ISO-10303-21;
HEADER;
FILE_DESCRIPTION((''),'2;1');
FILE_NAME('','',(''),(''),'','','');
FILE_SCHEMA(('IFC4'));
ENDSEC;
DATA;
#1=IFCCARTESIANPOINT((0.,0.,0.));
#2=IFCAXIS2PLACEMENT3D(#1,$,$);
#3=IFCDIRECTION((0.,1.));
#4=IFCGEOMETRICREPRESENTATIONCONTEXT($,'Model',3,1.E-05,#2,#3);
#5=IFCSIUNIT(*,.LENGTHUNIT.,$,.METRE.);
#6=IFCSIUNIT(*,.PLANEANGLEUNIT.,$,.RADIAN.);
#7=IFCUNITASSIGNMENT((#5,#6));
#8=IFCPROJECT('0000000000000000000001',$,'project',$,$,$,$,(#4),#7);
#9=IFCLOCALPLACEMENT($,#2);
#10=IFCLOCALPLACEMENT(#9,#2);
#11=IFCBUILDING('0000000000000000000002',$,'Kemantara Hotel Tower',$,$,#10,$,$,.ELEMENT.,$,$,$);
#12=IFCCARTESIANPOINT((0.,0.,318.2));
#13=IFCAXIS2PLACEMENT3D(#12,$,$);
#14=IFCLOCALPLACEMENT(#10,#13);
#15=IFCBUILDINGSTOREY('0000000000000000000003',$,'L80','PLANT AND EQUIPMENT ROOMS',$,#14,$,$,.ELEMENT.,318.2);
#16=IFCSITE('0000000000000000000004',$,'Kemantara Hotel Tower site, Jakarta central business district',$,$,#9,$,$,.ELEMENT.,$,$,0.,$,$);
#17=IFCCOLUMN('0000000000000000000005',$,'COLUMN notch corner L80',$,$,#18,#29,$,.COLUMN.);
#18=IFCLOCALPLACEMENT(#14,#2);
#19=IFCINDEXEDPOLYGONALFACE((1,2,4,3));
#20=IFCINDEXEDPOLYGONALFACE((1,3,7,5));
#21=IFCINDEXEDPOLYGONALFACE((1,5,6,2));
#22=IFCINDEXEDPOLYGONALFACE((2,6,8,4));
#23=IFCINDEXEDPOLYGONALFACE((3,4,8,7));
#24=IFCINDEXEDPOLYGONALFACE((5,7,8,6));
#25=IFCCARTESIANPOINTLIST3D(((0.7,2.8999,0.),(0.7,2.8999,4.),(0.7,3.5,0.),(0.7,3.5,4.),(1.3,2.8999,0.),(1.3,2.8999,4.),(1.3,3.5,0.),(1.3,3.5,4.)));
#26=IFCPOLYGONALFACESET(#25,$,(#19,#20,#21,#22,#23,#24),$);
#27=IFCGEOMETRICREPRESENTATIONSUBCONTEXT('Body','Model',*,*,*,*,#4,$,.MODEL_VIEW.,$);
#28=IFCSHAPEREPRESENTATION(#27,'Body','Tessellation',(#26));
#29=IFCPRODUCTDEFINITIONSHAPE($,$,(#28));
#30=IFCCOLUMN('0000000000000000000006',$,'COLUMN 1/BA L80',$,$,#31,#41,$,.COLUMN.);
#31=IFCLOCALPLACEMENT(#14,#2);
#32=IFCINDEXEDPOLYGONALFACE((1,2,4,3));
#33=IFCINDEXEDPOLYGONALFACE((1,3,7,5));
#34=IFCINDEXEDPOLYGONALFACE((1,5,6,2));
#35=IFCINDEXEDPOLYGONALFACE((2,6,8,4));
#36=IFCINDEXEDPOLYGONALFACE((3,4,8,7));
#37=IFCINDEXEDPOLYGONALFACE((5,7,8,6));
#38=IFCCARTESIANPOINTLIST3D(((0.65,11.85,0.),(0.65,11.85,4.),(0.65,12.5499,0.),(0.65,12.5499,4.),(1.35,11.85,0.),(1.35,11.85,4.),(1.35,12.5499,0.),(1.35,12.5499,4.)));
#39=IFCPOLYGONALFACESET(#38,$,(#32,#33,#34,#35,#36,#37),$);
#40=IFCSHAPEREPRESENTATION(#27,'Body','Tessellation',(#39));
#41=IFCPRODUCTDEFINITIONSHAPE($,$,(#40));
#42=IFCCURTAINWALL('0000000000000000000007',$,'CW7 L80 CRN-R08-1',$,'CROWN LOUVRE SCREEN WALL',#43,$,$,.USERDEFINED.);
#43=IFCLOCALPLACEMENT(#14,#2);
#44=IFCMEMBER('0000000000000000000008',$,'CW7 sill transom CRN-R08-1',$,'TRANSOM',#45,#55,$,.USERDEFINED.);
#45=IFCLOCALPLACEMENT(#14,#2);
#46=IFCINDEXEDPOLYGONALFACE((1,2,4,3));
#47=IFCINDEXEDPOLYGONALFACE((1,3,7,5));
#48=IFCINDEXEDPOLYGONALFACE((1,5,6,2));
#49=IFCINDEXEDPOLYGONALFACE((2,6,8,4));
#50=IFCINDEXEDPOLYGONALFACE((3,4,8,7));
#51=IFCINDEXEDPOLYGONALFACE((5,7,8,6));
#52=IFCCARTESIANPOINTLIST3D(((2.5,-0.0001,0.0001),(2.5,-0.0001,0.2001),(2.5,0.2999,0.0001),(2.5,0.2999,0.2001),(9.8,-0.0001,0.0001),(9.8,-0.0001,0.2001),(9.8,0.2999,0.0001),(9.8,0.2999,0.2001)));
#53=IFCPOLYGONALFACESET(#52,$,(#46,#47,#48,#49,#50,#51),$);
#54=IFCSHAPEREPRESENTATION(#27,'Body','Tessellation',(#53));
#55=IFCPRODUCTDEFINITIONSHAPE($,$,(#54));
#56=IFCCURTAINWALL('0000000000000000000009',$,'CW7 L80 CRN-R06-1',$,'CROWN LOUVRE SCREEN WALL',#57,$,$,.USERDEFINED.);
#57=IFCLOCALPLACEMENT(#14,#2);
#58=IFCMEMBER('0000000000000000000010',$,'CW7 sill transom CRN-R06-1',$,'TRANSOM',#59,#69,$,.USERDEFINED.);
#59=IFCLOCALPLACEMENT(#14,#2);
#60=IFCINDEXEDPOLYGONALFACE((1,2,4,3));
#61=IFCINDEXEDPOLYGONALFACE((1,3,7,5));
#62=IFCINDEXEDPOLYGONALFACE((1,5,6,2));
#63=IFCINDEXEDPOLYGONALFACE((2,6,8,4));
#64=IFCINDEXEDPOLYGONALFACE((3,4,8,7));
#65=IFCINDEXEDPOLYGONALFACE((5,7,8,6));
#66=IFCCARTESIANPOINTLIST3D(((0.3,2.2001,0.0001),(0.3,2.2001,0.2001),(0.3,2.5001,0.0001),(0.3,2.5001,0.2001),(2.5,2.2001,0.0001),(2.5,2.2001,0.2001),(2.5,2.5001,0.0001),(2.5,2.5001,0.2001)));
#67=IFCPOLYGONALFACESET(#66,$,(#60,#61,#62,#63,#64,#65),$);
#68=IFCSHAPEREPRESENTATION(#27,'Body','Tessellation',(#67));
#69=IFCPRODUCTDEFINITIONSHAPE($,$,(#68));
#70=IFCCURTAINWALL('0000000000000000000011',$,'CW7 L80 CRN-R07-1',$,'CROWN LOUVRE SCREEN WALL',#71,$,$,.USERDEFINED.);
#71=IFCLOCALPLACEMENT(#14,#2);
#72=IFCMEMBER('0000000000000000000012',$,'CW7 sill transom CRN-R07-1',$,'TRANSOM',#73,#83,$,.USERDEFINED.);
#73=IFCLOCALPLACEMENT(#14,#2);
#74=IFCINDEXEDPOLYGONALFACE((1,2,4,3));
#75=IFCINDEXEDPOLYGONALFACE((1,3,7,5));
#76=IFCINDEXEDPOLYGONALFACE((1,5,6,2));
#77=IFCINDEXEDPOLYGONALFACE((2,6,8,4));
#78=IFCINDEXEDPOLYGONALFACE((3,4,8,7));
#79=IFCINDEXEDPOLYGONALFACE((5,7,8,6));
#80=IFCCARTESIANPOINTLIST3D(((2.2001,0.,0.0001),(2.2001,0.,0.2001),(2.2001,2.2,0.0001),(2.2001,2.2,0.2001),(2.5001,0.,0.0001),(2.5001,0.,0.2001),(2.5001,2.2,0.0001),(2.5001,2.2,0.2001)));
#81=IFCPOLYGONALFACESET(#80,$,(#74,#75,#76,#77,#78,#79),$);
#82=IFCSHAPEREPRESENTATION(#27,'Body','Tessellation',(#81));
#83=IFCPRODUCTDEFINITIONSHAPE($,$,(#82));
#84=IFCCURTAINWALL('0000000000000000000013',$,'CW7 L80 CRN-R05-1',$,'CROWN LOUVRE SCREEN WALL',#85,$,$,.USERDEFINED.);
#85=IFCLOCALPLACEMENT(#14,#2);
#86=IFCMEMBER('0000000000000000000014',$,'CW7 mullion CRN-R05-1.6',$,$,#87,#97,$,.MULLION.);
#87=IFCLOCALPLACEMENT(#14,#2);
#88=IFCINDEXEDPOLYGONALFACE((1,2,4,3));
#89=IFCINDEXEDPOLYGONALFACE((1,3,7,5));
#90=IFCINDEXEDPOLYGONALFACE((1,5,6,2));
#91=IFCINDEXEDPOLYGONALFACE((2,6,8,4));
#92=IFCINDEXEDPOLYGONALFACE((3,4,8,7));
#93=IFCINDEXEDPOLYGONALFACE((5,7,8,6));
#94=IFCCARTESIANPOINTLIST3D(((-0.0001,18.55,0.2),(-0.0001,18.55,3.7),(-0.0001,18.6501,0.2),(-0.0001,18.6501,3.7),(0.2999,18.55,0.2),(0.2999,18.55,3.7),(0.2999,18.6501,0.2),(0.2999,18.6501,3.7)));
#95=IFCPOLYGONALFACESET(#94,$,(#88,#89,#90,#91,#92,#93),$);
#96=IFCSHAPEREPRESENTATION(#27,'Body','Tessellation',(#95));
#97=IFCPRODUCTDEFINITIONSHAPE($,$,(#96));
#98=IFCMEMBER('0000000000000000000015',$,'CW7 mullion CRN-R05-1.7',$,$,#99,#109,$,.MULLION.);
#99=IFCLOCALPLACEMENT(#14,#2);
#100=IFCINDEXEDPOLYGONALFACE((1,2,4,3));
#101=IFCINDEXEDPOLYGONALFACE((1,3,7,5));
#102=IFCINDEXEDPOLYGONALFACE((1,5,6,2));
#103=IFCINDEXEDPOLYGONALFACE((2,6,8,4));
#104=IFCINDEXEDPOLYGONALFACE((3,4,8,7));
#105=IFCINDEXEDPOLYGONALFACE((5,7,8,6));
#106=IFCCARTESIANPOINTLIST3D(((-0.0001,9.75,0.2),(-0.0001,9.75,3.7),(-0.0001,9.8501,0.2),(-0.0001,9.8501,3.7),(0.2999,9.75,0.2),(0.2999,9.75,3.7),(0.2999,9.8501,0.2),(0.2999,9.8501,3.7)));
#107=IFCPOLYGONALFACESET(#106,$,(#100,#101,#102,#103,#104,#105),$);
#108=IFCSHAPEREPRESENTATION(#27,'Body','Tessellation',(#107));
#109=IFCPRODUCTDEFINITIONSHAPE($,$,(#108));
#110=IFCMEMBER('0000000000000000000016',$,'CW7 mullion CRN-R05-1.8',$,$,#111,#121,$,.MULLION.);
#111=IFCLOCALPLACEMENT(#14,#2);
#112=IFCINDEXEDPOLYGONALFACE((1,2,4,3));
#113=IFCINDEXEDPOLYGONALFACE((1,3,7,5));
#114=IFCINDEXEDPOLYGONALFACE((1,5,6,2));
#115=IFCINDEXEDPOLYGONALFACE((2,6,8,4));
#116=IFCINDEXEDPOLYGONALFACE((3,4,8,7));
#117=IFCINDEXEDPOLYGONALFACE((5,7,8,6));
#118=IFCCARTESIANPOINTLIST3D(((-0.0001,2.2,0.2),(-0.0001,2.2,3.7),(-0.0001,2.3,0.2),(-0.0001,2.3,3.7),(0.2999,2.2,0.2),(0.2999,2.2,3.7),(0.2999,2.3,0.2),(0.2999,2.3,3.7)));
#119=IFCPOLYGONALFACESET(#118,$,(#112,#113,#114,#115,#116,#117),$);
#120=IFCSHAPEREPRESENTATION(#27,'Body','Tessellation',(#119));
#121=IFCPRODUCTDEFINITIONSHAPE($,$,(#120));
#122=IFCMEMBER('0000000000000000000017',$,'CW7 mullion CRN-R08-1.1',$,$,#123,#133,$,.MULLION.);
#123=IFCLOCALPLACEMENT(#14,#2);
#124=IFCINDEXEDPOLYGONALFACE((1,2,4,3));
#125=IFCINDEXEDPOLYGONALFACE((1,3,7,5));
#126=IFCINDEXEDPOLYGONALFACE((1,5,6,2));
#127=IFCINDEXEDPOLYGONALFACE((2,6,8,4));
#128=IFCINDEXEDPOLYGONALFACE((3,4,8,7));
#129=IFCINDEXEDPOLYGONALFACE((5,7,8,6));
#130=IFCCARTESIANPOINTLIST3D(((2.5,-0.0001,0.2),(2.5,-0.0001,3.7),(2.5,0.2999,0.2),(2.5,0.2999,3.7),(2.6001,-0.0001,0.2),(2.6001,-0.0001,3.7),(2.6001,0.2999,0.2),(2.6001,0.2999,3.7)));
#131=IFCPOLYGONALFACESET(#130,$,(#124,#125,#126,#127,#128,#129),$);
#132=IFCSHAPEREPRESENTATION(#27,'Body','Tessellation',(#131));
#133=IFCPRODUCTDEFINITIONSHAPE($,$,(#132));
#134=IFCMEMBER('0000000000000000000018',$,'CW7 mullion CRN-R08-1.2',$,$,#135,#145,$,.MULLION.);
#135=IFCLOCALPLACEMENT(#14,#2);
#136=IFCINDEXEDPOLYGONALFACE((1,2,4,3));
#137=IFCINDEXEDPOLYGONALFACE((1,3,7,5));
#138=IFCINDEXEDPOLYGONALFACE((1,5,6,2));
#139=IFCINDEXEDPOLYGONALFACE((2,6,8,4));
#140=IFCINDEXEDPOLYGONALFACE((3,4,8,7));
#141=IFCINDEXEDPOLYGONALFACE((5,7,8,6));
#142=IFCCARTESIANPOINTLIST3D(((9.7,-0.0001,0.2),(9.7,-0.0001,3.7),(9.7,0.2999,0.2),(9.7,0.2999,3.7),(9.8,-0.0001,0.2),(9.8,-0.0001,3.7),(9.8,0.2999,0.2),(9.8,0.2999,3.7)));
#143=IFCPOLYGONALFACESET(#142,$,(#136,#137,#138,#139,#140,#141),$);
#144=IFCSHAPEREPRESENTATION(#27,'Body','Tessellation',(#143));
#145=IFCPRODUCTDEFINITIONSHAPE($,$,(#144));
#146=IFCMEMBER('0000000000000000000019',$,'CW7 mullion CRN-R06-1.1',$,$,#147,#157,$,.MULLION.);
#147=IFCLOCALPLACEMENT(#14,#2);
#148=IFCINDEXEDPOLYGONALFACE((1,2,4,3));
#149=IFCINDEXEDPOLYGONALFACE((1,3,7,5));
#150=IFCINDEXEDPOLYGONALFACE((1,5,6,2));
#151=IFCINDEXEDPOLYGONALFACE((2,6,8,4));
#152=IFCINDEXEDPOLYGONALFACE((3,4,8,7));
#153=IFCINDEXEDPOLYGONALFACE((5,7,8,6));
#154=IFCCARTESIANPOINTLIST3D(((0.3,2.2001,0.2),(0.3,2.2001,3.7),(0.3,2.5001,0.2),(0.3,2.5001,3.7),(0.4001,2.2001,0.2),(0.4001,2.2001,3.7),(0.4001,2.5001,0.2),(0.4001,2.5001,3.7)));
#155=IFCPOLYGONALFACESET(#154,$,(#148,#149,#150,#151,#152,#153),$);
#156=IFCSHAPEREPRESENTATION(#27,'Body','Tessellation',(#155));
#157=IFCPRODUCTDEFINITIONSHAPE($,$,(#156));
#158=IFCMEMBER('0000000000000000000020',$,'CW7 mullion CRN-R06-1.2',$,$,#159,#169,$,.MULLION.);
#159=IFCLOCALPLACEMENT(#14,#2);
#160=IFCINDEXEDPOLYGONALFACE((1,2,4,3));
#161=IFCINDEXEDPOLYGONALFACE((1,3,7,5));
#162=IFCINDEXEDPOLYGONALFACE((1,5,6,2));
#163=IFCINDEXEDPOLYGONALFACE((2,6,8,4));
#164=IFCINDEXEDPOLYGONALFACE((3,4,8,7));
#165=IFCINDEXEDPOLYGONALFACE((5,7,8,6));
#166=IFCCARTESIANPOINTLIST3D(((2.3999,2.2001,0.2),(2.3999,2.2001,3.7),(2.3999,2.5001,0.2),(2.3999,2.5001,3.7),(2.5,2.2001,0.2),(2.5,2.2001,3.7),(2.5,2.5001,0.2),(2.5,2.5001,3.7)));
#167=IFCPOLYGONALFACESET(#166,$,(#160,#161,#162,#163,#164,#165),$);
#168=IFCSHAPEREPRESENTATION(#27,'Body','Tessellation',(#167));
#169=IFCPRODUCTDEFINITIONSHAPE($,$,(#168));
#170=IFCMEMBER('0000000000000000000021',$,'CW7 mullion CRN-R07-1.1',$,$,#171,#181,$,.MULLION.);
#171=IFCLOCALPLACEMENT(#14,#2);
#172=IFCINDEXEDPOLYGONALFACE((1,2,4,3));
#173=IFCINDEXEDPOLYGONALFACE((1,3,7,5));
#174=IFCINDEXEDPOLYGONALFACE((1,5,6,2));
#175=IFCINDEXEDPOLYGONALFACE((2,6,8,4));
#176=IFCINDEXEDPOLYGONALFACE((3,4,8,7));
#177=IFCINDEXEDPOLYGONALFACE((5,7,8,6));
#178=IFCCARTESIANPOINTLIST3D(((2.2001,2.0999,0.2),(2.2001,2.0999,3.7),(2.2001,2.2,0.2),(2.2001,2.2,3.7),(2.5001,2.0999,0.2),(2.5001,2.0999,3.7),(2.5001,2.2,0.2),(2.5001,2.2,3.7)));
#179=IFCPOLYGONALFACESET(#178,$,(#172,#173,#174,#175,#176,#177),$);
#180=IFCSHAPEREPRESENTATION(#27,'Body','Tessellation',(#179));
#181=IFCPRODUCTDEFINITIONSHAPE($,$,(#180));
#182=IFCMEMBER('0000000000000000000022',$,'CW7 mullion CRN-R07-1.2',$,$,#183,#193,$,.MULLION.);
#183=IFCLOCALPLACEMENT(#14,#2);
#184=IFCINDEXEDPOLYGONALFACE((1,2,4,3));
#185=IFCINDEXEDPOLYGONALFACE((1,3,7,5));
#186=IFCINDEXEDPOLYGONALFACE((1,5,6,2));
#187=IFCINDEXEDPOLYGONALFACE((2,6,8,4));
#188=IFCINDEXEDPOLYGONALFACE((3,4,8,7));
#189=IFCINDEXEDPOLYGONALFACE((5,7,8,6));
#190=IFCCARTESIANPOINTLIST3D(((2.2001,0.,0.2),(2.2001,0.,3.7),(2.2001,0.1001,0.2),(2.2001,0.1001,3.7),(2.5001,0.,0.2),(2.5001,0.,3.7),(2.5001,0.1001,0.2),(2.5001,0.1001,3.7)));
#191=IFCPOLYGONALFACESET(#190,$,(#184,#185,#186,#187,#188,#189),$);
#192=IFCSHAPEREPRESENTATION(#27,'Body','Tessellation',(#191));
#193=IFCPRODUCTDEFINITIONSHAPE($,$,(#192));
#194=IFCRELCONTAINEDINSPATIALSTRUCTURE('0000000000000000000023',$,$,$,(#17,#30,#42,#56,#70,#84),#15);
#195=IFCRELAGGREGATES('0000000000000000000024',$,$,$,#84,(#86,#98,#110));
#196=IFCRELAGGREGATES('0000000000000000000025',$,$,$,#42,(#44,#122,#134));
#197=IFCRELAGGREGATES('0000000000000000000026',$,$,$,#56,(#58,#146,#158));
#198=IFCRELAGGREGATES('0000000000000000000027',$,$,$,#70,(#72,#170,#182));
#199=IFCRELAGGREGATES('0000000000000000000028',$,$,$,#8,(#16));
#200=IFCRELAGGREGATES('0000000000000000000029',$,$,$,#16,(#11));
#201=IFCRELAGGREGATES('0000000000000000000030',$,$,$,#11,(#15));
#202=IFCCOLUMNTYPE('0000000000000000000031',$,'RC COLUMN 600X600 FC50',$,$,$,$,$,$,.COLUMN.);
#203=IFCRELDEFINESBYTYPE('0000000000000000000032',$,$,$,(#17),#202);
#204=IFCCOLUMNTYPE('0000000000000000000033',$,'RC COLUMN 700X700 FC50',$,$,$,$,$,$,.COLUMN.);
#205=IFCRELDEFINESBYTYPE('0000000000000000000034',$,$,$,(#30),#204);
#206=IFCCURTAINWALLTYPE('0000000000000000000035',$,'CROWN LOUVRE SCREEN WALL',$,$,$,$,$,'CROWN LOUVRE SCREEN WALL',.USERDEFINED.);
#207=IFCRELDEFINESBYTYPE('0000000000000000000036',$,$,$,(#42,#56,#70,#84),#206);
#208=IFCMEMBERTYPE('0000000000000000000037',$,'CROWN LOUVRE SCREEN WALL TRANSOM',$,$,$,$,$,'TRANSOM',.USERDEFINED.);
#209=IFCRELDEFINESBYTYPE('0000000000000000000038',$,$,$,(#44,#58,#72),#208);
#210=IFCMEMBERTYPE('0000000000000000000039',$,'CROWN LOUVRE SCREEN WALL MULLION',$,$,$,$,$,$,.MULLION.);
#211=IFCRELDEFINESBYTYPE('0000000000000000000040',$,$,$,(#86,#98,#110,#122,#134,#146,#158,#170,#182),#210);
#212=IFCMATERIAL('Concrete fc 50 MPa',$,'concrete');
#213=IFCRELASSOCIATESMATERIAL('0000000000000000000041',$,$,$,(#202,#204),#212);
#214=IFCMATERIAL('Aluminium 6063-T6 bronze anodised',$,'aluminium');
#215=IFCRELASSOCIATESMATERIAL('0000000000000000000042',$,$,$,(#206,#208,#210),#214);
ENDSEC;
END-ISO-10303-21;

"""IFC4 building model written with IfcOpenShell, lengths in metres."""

from ifc_helpers import new_model, si_unit, direction, frame, origin, origin_2d, place, context, subcontext, project, spatial, rectangle, extrude, source, transform, mapped, material, material_profile, profile_set, type_object, element, aggregate, save


model = new_model("IFC4")

# Units and contexts
model_context = context("Model", 3, precision=1e-05, world=origin(), true_north=direction((0.0, 1.0)))
body_context = subcontext(model_context, "Body", "Model", "MODEL_VIEW")
ifc_project = project(units=[si_unit("LENGTHUNIT", "METRE"), si_unit("PLANEANGLEUNIT", "RADIAN")], contexts=[model_context])

# Site, building, storey
site_placement = place(None, origin())
site = spatial("IfcSite", under=ifc_project, at=site_placement, Name="Kemantara Hotel Tower site, Jakarta central business district", CompositionType="ELEMENT", RefElevation=0.0)
building_placement = place(site_placement, origin())
building = spatial("IfcBuilding", under=site, at=building_placement, Name="Kemantara Hotel Tower", CompositionType="ELEMENT")
storey_placement = place(building_placement, frame((0.0, 0.0, 318.2)))
storey = spatial("IfcBuildingStorey", under=building, at=storey_placement, Name="L80", Description="PLANT AND EQUIPMENT ROOMS", CompositionType="ELEMENT", Elevation=318.2)

# Columns
ifc_material_1 = material(Name="Concrete fc 50 MPa", Category="concrete")
ifc_material_profile_1 = material_profile(ifc_material_1, rectangle(XDim=0.6001, YDim=0.6001, at=origin_2d()), Name="RC 600X600")
ifc_profile_set_1 = profile_set([ifc_material_profile_1], Name="Concrete fc 50 MPa")
column_type_1 = type_object("IfcColumnType", Name="RC COLUMN 600X600 FC50", PredefinedType="COLUMN", material=ifc_profile_set_1)
column_1_placement = place(storey_placement, frame((1.0, 3.2, 0.0), z_axis=(0.0, 0.0, 1.0), x_axis=(1.0, 0.0, 0.0)))
element("IfcColumn", 1, at=column_1_placement, inside=storey, type_object=column_type_1, Name="COLUMN notch corner L80", PredefinedType="COLUMN", context=body_context, shape_type="SweptSolid", body=[
    extrude(rectangle(XDim=0.6001, YDim=0.6001, at=origin_2d()), origin(), (0.0, 0.0, 1.0), 4.0),
])
ifc_material_profile_2 = material_profile(ifc_material_1, rectangle(XDim=0.7, YDim=0.7, at=origin_2d()), Name="RC 700X700")
ifc_profile_set_2 = profile_set([ifc_material_profile_2], Name="Concrete fc 50 MPa")
column_type_2 = type_object("IfcColumnType", Name="RC COLUMN 700X700 FC50", PredefinedType="COLUMN", material=ifc_profile_set_2)
column_2_placement = place(storey_placement, frame((1.0, 12.2, 0.0), z_axis=(0.0, 0.0, 1.0), x_axis=(1.0, 0.0, 0.0)))
element("IfcColumn", 2, at=column_2_placement, inside=storey, type_object=column_type_2, Name="COLUMN 1/BA L80", PredefinedType="COLUMN", context=body_context, shape_type="SweptSolid", body=[
    extrude(rectangle(XDim=0.7, YDim=0.7, at=origin_2d()), origin(), (0.0, 0.0, 1.0), 4.0),
])

# Curtain walls, members
ifc_material_2 = material(Name="Aluminium 6063-T6 bronze anodised", Category="aluminium")
curtain_wall_type = type_object("IfcCurtainWallType", Name="CROWN LOUVRE SCREEN WALL", ElementType="CROWN LOUVRE SCREEN WALL", PredefinedType="USERDEFINED", material=ifc_material_2)
curtain_wall_1_placement = place(storey_placement, origin())
curtain_wall_1 = element("IfcCurtainWall", 3, at=curtain_wall_1_placement, inside=storey, type_object=curtain_wall_type, Name="CW7 L80 CRN-R08-1", ObjectType="CROWN LOUVRE SCREEN WALL", PredefinedType="USERDEFINED")
ifc_material_profile_3 = material_profile(ifc_material_2, rectangle(XDim=0.3, YDim=0.2, at=origin_2d()), Name="CROWN LOUVRE SCREEN WALL TRANSOM")
ifc_profile_set_3 = profile_set([ifc_material_profile_3], Name="Aluminium 6063-T6 bronze anodised")
member_type_1 = type_object("IfcMemberType", Name="CROWN LOUVRE SCREEN WALL TRANSOM", ElementType="TRANSOM", PredefinedType="USERDEFINED", material=ifc_profile_set_3)
member_1_placement = place(storey_placement, frame((2.5, 0.1499, 0.1001), z_axis=(1.0, 0.0, 0.0), x_axis=(0.0, 1.0, 0.0)))
member_1 = element("IfcMember", 4, at=member_1_placement, type_object=member_type_1, Name="CW7 sill transom CRN-R08-1", ObjectType="TRANSOM", PredefinedType="USERDEFINED", context=body_context, shape_type="SweptSolid", body=[
    extrude(rectangle(XDim=0.3, YDim=0.2, at=origin_2d()), origin(), (0.0, 0.0, 1.0), 7.3),
])
curtain_wall_2_placement = place(storey_placement, origin())
curtain_wall_2 = element("IfcCurtainWall", 5, at=curtain_wall_2_placement, inside=storey, type_object=curtain_wall_type, Name="CW7 L80 CRN-R06-1", ObjectType="CROWN LOUVRE SCREEN WALL", PredefinedType="USERDEFINED")
member_2_placement = place(storey_placement, frame((0.3, 2.3501, 0.1001), z_axis=(1.0, 0.0, 0.0), x_axis=(0.0, 1.0, 0.0)))
member_2 = element("IfcMember", 6, at=member_2_placement, type_object=member_type_1, Name="CW7 sill transom CRN-R06-1", ObjectType="TRANSOM", PredefinedType="USERDEFINED", context=body_context, shape_type="SweptSolid", body=[
    extrude(rectangle(XDim=0.3, YDim=0.2, at=origin_2d()), origin(), (0.0, 0.0, 1.0), 2.2),
])
curtain_wall_3_placement = place(storey_placement, origin())
curtain_wall_3 = element("IfcCurtainWall", 7, at=curtain_wall_3_placement, inside=storey, type_object=curtain_wall_type, Name="CW7 L80 CRN-R07-1", ObjectType="CROWN LOUVRE SCREEN WALL", PredefinedType="USERDEFINED")
member_3_placement = place(storey_placement, frame((2.3501, 2.2, 0.1001), z_axis=(0.0, -1.0, 0.0), x_axis=(1.0, 0.0, 0.0)))
member_3 = element("IfcMember", 8, at=member_3_placement, type_object=member_type_1, Name="CW7 sill transom CRN-R07-1", ObjectType="TRANSOM", PredefinedType="USERDEFINED", context=body_context, shape_type="SweptSolid", body=[
    extrude(rectangle(XDim=0.3, YDim=0.2, at=origin_2d()), origin(), (0.0, 0.0, 1.0), 2.2),
])

# Curtain wall, members
curtain_wall_4_placement = place(storey_placement, origin())
curtain_wall_4 = element("IfcCurtainWall", 9, at=curtain_wall_4_placement, inside=storey, type_object=curtain_wall_type, Name="CW7 L80 CRN-R05-1", ObjectType="CROWN LOUVRE SCREEN WALL", PredefinedType="USERDEFINED")
ifc_material_profile_4 = material_profile(ifc_material_2, rectangle(XDim=0.3, YDim=0.1001, at=origin_2d()), Name="CROWN LOUVRE SCREEN WALL MULLION")
ifc_profile_set_4 = profile_set([ifc_material_profile_4], Name="Aluminium 6063-T6 bronze anodised")
member_type_2 = type_object("IfcMemberType", Name="CROWN LOUVRE SCREEN WALL MULLION", PredefinedType="MULLION", material=ifc_profile_set_4)
shared_shape_1 = source(origin(), body_context, "Body", "SweptSolid", [
    extrude(rectangle(XDim=0.3, YDim=0.1001, at=origin_2d()), origin(), (0.0, 0.0, 1.0), 3.5),
])
member_4_placement = place(storey_placement, frame((0.1499, 18.6001, 0.2), z_axis=(0.0, 0.0, 1.0), x_axis=(1.0, 0.0, 0.0)))
member_4 = element("IfcMember", 10, at=member_4_placement, type_object=member_type_2, Name="CW7 mullion CRN-R05-1.6", PredefinedType="MULLION", context=body_context, shape_type="MappedRepresentation", body=[
    mapped(shared_shape_1, transform((0.0, 0.0, 0.0))),
])
member_5_placement = place(storey_placement, frame((0.1499, 9.8, 0.2), z_axis=(0.0, 0.0, 1.0), x_axis=(1.0, 0.0, 0.0)))
member_5 = element("IfcMember", 11, at=member_5_placement, type_object=member_type_2, Name="CW7 mullion CRN-R05-1.7", PredefinedType="MULLION", context=body_context, shape_type="MappedRepresentation", body=[
    mapped(shared_shape_1, transform((0.0, 0.0, 0.0))),
])
member_6_placement = place(storey_placement, frame((0.1499, 2.25, 0.2), z_axis=(0.0, 0.0, 1.0), x_axis=(1.0, 0.0, 0.0)))
member_6 = element("IfcMember", 12, at=member_6_placement, type_object=member_type_2, Name="CW7 mullion CRN-R05-1.8", PredefinedType="MULLION", context=body_context, shape_type="MappedRepresentation", body=[
    mapped(shared_shape_1, transform((0.0, 0.0, 0.0))),
])

# Members
member_7_placement = place(storey_placement, frame((2.55, 0.1499, 0.2), z_axis=(0.0, 0.0, 1.0), x_axis=(0.0, 1.0, 0.0)))
member_7 = element("IfcMember", 13, at=member_7_placement, type_object=member_type_2, Name="CW7 mullion CRN-R08-1.1", PredefinedType="MULLION", context=body_context, shape_type="MappedRepresentation", body=[
    mapped(shared_shape_1, transform((0.0, 0.0, 0.0))),
])
member_8_placement = place(storey_placement, frame((9.75, 0.1499, 0.2), z_axis=(0.0, 0.0, 1.0), x_axis=(0.0, 1.0, 0.0)))
member_8 = element("IfcMember", 14, at=member_8_placement, type_object=member_type_2, Name="CW7 mullion CRN-R08-1.2", PredefinedType="MULLION", context=body_context, shape_type="MappedRepresentation", body=[
    mapped(shared_shape_1, transform((0.0, 0.0, 0.0))),
])
member_9_placement = place(storey_placement, frame((0.3501, 2.3501, 0.2), z_axis=(0.0, 0.0, 1.0), x_axis=(0.0, 1.0, 0.0)))
member_9 = element("IfcMember", 15, at=member_9_placement, type_object=member_type_2, Name="CW7 mullion CRN-R06-1.1", PredefinedType="MULLION", context=body_context, shape_type="MappedRepresentation", body=[
    mapped(shared_shape_1, transform((0.0, 0.0, 0.0))),
])
member_10_placement = place(storey_placement, frame((2.45, 2.3501, 0.2), z_axis=(0.0, 0.0, 1.0), x_axis=(0.0, 1.0, 0.0)))
member_10 = element("IfcMember", 16, at=member_10_placement, type_object=member_type_2, Name="CW7 mullion CRN-R06-1.2", PredefinedType="MULLION", context=body_context, shape_type="MappedRepresentation", body=[
    mapped(shared_shape_1, transform((0.0, 0.0, 0.0))),
])
member_11_placement = place(storey_placement, frame((2.3501, 2.1499, 0.2), z_axis=(0.0, 0.0, 1.0), x_axis=(1.0, 0.0, 0.0)))
member_11 = element("IfcMember", 17, at=member_11_placement, type_object=member_type_2, Name="CW7 mullion CRN-R07-1.1", PredefinedType="MULLION", context=body_context, shape_type="MappedRepresentation", body=[
    mapped(shared_shape_1, transform((0.0, 0.0, 0.0))),
])
member_12_placement = place(storey_placement, frame((2.3501, 0.05, 0.2), z_axis=(0.0, 0.0, 1.0), x_axis=(1.0, 0.0, 0.0)))
member_12 = element("IfcMember", 18, at=member_12_placement, type_object=member_type_2, Name="CW7 mullion CRN-R07-1.2", PredefinedType="MULLION", context=body_context, shape_type="MappedRepresentation", body=[
    mapped(shared_shape_1, transform((0.0, 0.0, 0.0))),
])

aggregate(curtain_wall_4, [member_4, member_5, member_6])
aggregate(curtain_wall_1, [member_1, member_7, member_8])
aggregate(curtain_wall_2, [member_2, member_9, member_10])
aggregate(curtain_wall_3, [member_3, member_11, member_12])

save(model, "model.ifc")
